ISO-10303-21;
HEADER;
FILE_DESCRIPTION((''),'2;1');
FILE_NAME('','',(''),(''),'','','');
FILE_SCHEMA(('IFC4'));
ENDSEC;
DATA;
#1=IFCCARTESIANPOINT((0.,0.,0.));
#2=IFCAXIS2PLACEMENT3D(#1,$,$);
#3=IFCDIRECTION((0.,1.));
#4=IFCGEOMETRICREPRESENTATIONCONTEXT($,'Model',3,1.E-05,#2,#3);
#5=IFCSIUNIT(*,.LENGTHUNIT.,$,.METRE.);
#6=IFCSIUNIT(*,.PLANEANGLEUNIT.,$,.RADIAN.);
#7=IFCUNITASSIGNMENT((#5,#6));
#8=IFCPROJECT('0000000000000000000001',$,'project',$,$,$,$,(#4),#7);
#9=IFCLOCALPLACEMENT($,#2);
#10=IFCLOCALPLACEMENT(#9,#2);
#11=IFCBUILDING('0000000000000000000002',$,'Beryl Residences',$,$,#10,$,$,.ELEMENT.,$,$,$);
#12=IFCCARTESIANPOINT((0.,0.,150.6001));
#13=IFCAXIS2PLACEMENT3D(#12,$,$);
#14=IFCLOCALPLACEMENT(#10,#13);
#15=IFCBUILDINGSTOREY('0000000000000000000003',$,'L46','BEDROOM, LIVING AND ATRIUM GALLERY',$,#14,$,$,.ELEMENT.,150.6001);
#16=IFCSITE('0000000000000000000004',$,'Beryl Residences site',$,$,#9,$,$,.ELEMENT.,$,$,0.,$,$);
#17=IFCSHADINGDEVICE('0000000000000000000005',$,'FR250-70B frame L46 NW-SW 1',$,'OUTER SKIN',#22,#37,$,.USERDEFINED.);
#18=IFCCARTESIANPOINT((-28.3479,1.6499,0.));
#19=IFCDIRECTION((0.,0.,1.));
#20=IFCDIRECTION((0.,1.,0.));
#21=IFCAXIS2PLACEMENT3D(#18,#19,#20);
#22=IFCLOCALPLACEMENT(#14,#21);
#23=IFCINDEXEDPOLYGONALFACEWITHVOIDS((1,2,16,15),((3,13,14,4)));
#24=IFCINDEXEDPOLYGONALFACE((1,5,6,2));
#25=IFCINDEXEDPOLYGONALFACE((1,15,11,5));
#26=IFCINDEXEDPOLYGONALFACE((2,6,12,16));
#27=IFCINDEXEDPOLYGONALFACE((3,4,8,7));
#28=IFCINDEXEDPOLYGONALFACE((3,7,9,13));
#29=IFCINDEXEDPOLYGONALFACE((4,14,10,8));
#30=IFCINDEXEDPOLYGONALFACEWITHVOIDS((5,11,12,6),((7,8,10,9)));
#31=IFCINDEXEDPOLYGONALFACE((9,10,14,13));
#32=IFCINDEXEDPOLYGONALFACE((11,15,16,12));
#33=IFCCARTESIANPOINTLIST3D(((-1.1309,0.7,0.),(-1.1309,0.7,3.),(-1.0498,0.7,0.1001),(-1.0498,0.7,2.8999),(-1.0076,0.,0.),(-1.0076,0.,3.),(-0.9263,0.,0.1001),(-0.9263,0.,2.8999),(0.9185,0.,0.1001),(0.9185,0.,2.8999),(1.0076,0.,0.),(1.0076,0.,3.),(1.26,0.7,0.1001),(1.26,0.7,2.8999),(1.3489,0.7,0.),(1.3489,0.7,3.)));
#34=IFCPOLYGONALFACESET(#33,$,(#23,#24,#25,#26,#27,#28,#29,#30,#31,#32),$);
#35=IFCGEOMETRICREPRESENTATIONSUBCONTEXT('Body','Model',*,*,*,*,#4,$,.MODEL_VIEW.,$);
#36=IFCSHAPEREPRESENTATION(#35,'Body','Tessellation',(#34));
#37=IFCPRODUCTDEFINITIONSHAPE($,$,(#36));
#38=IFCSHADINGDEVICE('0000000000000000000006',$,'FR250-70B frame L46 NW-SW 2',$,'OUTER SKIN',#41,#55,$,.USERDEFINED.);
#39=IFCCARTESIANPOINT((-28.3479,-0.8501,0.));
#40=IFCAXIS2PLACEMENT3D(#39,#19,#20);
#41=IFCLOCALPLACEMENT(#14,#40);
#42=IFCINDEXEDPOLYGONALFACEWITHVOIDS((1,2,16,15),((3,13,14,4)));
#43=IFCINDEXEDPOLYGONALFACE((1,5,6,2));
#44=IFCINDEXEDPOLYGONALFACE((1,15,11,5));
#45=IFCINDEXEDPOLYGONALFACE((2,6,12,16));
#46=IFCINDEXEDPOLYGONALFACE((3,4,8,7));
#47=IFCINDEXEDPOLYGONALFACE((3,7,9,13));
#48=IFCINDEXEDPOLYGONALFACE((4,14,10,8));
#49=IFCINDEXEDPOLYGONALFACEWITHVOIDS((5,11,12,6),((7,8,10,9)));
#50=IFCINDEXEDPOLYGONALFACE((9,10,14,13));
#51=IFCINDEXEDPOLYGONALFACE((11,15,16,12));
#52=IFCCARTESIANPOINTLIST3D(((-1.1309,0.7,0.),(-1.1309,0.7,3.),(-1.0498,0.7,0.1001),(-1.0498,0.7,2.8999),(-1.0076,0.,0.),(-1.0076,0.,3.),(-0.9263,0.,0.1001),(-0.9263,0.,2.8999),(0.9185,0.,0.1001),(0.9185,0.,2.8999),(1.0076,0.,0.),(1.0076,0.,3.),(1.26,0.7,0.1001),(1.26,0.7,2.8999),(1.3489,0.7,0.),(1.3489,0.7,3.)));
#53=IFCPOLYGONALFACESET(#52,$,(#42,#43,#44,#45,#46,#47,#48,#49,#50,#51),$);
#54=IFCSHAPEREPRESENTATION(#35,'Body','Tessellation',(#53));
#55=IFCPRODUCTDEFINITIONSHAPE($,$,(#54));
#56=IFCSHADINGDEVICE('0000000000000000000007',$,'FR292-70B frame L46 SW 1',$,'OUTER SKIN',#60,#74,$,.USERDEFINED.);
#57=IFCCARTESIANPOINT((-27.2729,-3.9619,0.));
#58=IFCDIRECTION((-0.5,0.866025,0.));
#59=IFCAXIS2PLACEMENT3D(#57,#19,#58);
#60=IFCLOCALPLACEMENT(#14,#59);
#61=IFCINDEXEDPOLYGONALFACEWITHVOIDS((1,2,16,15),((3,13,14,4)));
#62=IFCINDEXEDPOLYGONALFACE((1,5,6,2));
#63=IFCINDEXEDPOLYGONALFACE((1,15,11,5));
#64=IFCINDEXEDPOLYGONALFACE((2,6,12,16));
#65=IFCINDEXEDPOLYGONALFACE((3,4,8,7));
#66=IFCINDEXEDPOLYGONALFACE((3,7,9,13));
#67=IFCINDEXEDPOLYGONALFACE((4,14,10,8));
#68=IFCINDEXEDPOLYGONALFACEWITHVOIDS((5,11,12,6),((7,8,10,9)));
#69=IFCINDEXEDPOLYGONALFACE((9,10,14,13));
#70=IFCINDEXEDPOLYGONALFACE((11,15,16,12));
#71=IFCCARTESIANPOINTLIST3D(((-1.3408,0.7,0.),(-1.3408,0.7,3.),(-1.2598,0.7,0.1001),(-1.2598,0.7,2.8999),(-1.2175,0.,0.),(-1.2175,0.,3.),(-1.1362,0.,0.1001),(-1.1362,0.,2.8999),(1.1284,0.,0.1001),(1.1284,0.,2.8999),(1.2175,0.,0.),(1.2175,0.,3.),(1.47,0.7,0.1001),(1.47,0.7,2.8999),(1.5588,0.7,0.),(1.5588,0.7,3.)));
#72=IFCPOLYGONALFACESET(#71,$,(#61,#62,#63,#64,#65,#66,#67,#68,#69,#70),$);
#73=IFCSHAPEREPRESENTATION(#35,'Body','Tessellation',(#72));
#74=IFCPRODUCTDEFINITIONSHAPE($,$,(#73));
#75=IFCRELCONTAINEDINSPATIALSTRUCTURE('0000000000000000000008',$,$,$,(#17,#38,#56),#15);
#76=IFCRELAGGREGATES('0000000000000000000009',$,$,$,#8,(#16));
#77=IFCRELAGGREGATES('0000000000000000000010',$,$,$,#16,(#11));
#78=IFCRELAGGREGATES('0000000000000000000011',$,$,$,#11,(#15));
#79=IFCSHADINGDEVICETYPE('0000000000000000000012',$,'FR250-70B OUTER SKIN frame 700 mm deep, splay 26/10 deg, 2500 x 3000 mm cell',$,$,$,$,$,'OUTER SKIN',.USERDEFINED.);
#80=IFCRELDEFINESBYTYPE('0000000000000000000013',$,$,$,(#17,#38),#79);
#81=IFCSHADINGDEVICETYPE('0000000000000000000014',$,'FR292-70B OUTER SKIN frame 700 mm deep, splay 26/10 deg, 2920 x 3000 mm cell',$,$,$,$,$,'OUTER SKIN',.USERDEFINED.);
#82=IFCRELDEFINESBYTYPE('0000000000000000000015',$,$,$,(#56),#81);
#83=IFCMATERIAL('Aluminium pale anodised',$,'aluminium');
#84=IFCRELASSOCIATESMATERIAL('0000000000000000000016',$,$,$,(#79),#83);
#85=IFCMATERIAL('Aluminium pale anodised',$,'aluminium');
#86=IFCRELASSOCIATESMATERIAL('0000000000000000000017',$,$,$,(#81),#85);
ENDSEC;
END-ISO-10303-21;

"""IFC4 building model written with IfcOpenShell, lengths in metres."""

from ifc_helpers import new_model, entity, si_unit, direction, frame, origin, place, context, subcontext, project, spatial, source, transform, mapped, material, type_object, type_shapes, element, save


model = new_model("IFC4")

# Units and contexts
model_context = context("Model", 3, precision=1e-05, world=origin(), true_north=direction((0.0, 1.0)))
body_context = subcontext(model_context, "Body", "Model", "MODEL_VIEW")
ifc_project = project(units=[si_unit("LENGTHUNIT", "METRE"), si_unit("PLANEANGLEUNIT", "RADIAN")], contexts=[model_context])

# Site, building, storey
site_placement = place(None, origin())
site = spatial("IfcSite", under=ifc_project, at=site_placement, Name="Beryl Residences site", CompositionType="ELEMENT", RefElevation=0.0)
building_placement = place(site_placement, origin())
building = spatial("IfcBuilding", under=site, at=building_placement, Name="Beryl Residences", CompositionType="ELEMENT")
storey_placement = place(building_placement, frame((0.0, 0.0, 150.6001)))
storey = spatial("IfcBuildingStorey", under=building, at=storey_placement, Name="L46", Description="BEDROOM, LIVING AND ATRIUM GALLERY", CompositionType="ELEMENT", Elevation=150.6001)

# Shading devices
ifc_material_1 = material(Name="Aluminium pale anodised", Category="aluminium")
shading_device_type_1 = type_object("IfcShadingDeviceType", Name="FR250-70B OUTER SKIN frame 700 mm deep, splay 26/10 deg, 2500 x 3000 mm cell", ElementType="OUTER SKIN", PredefinedType="USERDEFINED", material=ifc_material_1)
cartesian_point_1 = entity("IfcCartesianPoint", [-1.0076, 0.0])
cartesian_point_2 = entity("IfcCartesianPoint", [-0.9185, 0.1001])
cartesian_point_3 = entity("IfcCartesianPoint", [-1.3489, 0.0])
cartesian_point_4 = entity("IfcCartesianPoint", [-1.26, 0.1001])
shared_shape_1 = source(origin(), body_context, "Body", "SweptSolid", [
    entity("IfcExtrudedAreaSolidTapered", entity("IfcArbitraryProfileDefWithVoids", "AREA", None, entity("IfcPolyline", [cartesian_point_1, entity("IfcCartesianPoint", [1.0076, 0.0]), entity("IfcCartesianPoint", [1.0076, 3.0]), entity("IfcCartesianPoint", [-1.0076, 3.0]), cartesian_point_1]), [entity("IfcPolyline", [cartesian_point_2, entity("IfcCartesianPoint", [0.9263, 0.1001]), entity("IfcCartesianPoint", [0.9263, 2.8999]), entity("IfcCartesianPoint", [-0.9185, 2.8999]), cartesian_point_2])]), entity("IfcAxis2Placement3D", entity("IfcCartesianPoint", [0.0, 0.0, 0.0]), entity("IfcDirection", [0.0, 1.0, 0.0]), entity("IfcDirection", [-1.0, 0.0, 0.0])), entity("IfcDirection", [0.0, 0.0, 1.0]), 0.7, entity("IfcArbitraryProfileDefWithVoids", "AREA", None, entity("IfcPolyline", [cartesian_point_3, entity("IfcCartesianPoint", [1.1309, 0.0]), entity("IfcCartesianPoint", [1.1309, 3.0]), entity("IfcCartesianPoint", [-1.3489, 3.0]), cartesian_point_3]), [entity("IfcPolyline", [cartesian_point_4, entity("IfcCartesianPoint", [1.0498, 0.1001]), entity("IfcCartesianPoint", [1.0498, 2.8999]), entity("IfcCartesianPoint", [-1.26, 2.8999]), cartesian_point_4])])),
])
type_shapes(shading_device_type_1, [shared_shape_1])
for number, where, z_axis, x_axis, name in (
    (1, (-28.3479, 1.6499, 0.0), (0.0, 0.0, 1.0), (0.0, 1.0, 0.0), "FR250-70B frame L46 NW-SW 1"),
    (2, (-28.3479, -0.8501, 0.0), (0.0, 0.0, 1.0), (0.0, 1.0, 0.0), "FR250-70B frame L46 NW-SW 2"),
):
    element("IfcShadingDevice", number, at=place(storey_placement, frame(where, z_axis=z_axis, x_axis=x_axis)), inside=storey, type_object=shading_device_type_1, Name=name, ObjectType="OUTER SKIN", PredefinedType="USERDEFINED", context=body_context, shape_type="MappedRepresentation", body=[
        mapped(shared_shape_1, transform((0.0, 0.0, 0.0))),
    ])
ifc_material_2 = material(Name="Aluminium pale anodised", Category="aluminium")
shading_device_type_2 = type_object("IfcShadingDeviceType", Name="FR292-70B OUTER SKIN frame 700 mm deep, splay 26/10 deg, 2920 x 3000 mm cell", ElementType="OUTER SKIN", PredefinedType="USERDEFINED", material=ifc_material_2)
cartesian_point_5 = entity("IfcCartesianPoint", [-1.2175, 0.0])
cartesian_point_6 = entity("IfcCartesianPoint", [-1.1284, 0.1001])
cartesian_point_7 = entity("IfcCartesianPoint", [-1.5588, 0.0])
cartesian_point_8 = entity("IfcCartesianPoint", [-1.47, 0.1001])
shared_shape_2 = source(origin(), body_context, "Body", "SweptSolid", [
    entity("IfcExtrudedAreaSolidTapered", entity("IfcArbitraryProfileDefWithVoids", "AREA", None, entity("IfcPolyline", [cartesian_point_5, entity("IfcCartesianPoint", [1.2175, 0.0]), entity("IfcCartesianPoint", [1.2175, 3.0]), entity("IfcCartesianPoint", [-1.2175, 3.0]), cartesian_point_5]), [entity("IfcPolyline", [cartesian_point_6, entity("IfcCartesianPoint", [1.1362, 0.1001]), entity("IfcCartesianPoint", [1.1362, 2.8999]), entity("IfcCartesianPoint", [-1.1284, 2.8999]), cartesian_point_6])]), entity("IfcAxis2Placement3D", entity("IfcCartesianPoint", [0.0, 0.0, 0.0]), entity("IfcDirection", [0.0, 1.0, 0.0]), entity("IfcDirection", [-1.0, 0.0, 0.0])), entity("IfcDirection", [0.0, 0.0, 1.0]), 0.7, entity("IfcArbitraryProfileDefWithVoids", "AREA", None, entity("IfcPolyline", [cartesian_point_7, entity("IfcCartesianPoint", [1.3408, 0.0]), entity("IfcCartesianPoint", [1.3408, 3.0]), entity("IfcCartesianPoint", [-1.5588, 3.0]), cartesian_point_7]), [entity("IfcPolyline", [cartesian_point_8, entity("IfcCartesianPoint", [1.2598, 0.1001]), entity("IfcCartesianPoint", [1.2598, 2.8999]), entity("IfcCartesianPoint", [-1.47, 2.8999]), cartesian_point_8])])),
])
type_shapes(shading_device_type_2, [shared_shape_2])
shading_device_placement = place(storey_placement, frame((-27.2729, -3.9619, 0.0), z_axis=(0.0, 0.0, 1.0), x_axis=(-0.5, 0.866025, 0.0)))
element("IfcShadingDevice", 3, at=shading_device_placement, inside=storey, type_object=shading_device_type_2, Name="FR292-70B frame L46 SW 1", ObjectType="OUTER SKIN", PredefinedType="USERDEFINED", context=body_context, shape_type="MappedRepresentation", body=[
    mapped(shared_shape_2, transform((0.0, 0.0, 0.0))),
])

save(model, "model.ifc")
